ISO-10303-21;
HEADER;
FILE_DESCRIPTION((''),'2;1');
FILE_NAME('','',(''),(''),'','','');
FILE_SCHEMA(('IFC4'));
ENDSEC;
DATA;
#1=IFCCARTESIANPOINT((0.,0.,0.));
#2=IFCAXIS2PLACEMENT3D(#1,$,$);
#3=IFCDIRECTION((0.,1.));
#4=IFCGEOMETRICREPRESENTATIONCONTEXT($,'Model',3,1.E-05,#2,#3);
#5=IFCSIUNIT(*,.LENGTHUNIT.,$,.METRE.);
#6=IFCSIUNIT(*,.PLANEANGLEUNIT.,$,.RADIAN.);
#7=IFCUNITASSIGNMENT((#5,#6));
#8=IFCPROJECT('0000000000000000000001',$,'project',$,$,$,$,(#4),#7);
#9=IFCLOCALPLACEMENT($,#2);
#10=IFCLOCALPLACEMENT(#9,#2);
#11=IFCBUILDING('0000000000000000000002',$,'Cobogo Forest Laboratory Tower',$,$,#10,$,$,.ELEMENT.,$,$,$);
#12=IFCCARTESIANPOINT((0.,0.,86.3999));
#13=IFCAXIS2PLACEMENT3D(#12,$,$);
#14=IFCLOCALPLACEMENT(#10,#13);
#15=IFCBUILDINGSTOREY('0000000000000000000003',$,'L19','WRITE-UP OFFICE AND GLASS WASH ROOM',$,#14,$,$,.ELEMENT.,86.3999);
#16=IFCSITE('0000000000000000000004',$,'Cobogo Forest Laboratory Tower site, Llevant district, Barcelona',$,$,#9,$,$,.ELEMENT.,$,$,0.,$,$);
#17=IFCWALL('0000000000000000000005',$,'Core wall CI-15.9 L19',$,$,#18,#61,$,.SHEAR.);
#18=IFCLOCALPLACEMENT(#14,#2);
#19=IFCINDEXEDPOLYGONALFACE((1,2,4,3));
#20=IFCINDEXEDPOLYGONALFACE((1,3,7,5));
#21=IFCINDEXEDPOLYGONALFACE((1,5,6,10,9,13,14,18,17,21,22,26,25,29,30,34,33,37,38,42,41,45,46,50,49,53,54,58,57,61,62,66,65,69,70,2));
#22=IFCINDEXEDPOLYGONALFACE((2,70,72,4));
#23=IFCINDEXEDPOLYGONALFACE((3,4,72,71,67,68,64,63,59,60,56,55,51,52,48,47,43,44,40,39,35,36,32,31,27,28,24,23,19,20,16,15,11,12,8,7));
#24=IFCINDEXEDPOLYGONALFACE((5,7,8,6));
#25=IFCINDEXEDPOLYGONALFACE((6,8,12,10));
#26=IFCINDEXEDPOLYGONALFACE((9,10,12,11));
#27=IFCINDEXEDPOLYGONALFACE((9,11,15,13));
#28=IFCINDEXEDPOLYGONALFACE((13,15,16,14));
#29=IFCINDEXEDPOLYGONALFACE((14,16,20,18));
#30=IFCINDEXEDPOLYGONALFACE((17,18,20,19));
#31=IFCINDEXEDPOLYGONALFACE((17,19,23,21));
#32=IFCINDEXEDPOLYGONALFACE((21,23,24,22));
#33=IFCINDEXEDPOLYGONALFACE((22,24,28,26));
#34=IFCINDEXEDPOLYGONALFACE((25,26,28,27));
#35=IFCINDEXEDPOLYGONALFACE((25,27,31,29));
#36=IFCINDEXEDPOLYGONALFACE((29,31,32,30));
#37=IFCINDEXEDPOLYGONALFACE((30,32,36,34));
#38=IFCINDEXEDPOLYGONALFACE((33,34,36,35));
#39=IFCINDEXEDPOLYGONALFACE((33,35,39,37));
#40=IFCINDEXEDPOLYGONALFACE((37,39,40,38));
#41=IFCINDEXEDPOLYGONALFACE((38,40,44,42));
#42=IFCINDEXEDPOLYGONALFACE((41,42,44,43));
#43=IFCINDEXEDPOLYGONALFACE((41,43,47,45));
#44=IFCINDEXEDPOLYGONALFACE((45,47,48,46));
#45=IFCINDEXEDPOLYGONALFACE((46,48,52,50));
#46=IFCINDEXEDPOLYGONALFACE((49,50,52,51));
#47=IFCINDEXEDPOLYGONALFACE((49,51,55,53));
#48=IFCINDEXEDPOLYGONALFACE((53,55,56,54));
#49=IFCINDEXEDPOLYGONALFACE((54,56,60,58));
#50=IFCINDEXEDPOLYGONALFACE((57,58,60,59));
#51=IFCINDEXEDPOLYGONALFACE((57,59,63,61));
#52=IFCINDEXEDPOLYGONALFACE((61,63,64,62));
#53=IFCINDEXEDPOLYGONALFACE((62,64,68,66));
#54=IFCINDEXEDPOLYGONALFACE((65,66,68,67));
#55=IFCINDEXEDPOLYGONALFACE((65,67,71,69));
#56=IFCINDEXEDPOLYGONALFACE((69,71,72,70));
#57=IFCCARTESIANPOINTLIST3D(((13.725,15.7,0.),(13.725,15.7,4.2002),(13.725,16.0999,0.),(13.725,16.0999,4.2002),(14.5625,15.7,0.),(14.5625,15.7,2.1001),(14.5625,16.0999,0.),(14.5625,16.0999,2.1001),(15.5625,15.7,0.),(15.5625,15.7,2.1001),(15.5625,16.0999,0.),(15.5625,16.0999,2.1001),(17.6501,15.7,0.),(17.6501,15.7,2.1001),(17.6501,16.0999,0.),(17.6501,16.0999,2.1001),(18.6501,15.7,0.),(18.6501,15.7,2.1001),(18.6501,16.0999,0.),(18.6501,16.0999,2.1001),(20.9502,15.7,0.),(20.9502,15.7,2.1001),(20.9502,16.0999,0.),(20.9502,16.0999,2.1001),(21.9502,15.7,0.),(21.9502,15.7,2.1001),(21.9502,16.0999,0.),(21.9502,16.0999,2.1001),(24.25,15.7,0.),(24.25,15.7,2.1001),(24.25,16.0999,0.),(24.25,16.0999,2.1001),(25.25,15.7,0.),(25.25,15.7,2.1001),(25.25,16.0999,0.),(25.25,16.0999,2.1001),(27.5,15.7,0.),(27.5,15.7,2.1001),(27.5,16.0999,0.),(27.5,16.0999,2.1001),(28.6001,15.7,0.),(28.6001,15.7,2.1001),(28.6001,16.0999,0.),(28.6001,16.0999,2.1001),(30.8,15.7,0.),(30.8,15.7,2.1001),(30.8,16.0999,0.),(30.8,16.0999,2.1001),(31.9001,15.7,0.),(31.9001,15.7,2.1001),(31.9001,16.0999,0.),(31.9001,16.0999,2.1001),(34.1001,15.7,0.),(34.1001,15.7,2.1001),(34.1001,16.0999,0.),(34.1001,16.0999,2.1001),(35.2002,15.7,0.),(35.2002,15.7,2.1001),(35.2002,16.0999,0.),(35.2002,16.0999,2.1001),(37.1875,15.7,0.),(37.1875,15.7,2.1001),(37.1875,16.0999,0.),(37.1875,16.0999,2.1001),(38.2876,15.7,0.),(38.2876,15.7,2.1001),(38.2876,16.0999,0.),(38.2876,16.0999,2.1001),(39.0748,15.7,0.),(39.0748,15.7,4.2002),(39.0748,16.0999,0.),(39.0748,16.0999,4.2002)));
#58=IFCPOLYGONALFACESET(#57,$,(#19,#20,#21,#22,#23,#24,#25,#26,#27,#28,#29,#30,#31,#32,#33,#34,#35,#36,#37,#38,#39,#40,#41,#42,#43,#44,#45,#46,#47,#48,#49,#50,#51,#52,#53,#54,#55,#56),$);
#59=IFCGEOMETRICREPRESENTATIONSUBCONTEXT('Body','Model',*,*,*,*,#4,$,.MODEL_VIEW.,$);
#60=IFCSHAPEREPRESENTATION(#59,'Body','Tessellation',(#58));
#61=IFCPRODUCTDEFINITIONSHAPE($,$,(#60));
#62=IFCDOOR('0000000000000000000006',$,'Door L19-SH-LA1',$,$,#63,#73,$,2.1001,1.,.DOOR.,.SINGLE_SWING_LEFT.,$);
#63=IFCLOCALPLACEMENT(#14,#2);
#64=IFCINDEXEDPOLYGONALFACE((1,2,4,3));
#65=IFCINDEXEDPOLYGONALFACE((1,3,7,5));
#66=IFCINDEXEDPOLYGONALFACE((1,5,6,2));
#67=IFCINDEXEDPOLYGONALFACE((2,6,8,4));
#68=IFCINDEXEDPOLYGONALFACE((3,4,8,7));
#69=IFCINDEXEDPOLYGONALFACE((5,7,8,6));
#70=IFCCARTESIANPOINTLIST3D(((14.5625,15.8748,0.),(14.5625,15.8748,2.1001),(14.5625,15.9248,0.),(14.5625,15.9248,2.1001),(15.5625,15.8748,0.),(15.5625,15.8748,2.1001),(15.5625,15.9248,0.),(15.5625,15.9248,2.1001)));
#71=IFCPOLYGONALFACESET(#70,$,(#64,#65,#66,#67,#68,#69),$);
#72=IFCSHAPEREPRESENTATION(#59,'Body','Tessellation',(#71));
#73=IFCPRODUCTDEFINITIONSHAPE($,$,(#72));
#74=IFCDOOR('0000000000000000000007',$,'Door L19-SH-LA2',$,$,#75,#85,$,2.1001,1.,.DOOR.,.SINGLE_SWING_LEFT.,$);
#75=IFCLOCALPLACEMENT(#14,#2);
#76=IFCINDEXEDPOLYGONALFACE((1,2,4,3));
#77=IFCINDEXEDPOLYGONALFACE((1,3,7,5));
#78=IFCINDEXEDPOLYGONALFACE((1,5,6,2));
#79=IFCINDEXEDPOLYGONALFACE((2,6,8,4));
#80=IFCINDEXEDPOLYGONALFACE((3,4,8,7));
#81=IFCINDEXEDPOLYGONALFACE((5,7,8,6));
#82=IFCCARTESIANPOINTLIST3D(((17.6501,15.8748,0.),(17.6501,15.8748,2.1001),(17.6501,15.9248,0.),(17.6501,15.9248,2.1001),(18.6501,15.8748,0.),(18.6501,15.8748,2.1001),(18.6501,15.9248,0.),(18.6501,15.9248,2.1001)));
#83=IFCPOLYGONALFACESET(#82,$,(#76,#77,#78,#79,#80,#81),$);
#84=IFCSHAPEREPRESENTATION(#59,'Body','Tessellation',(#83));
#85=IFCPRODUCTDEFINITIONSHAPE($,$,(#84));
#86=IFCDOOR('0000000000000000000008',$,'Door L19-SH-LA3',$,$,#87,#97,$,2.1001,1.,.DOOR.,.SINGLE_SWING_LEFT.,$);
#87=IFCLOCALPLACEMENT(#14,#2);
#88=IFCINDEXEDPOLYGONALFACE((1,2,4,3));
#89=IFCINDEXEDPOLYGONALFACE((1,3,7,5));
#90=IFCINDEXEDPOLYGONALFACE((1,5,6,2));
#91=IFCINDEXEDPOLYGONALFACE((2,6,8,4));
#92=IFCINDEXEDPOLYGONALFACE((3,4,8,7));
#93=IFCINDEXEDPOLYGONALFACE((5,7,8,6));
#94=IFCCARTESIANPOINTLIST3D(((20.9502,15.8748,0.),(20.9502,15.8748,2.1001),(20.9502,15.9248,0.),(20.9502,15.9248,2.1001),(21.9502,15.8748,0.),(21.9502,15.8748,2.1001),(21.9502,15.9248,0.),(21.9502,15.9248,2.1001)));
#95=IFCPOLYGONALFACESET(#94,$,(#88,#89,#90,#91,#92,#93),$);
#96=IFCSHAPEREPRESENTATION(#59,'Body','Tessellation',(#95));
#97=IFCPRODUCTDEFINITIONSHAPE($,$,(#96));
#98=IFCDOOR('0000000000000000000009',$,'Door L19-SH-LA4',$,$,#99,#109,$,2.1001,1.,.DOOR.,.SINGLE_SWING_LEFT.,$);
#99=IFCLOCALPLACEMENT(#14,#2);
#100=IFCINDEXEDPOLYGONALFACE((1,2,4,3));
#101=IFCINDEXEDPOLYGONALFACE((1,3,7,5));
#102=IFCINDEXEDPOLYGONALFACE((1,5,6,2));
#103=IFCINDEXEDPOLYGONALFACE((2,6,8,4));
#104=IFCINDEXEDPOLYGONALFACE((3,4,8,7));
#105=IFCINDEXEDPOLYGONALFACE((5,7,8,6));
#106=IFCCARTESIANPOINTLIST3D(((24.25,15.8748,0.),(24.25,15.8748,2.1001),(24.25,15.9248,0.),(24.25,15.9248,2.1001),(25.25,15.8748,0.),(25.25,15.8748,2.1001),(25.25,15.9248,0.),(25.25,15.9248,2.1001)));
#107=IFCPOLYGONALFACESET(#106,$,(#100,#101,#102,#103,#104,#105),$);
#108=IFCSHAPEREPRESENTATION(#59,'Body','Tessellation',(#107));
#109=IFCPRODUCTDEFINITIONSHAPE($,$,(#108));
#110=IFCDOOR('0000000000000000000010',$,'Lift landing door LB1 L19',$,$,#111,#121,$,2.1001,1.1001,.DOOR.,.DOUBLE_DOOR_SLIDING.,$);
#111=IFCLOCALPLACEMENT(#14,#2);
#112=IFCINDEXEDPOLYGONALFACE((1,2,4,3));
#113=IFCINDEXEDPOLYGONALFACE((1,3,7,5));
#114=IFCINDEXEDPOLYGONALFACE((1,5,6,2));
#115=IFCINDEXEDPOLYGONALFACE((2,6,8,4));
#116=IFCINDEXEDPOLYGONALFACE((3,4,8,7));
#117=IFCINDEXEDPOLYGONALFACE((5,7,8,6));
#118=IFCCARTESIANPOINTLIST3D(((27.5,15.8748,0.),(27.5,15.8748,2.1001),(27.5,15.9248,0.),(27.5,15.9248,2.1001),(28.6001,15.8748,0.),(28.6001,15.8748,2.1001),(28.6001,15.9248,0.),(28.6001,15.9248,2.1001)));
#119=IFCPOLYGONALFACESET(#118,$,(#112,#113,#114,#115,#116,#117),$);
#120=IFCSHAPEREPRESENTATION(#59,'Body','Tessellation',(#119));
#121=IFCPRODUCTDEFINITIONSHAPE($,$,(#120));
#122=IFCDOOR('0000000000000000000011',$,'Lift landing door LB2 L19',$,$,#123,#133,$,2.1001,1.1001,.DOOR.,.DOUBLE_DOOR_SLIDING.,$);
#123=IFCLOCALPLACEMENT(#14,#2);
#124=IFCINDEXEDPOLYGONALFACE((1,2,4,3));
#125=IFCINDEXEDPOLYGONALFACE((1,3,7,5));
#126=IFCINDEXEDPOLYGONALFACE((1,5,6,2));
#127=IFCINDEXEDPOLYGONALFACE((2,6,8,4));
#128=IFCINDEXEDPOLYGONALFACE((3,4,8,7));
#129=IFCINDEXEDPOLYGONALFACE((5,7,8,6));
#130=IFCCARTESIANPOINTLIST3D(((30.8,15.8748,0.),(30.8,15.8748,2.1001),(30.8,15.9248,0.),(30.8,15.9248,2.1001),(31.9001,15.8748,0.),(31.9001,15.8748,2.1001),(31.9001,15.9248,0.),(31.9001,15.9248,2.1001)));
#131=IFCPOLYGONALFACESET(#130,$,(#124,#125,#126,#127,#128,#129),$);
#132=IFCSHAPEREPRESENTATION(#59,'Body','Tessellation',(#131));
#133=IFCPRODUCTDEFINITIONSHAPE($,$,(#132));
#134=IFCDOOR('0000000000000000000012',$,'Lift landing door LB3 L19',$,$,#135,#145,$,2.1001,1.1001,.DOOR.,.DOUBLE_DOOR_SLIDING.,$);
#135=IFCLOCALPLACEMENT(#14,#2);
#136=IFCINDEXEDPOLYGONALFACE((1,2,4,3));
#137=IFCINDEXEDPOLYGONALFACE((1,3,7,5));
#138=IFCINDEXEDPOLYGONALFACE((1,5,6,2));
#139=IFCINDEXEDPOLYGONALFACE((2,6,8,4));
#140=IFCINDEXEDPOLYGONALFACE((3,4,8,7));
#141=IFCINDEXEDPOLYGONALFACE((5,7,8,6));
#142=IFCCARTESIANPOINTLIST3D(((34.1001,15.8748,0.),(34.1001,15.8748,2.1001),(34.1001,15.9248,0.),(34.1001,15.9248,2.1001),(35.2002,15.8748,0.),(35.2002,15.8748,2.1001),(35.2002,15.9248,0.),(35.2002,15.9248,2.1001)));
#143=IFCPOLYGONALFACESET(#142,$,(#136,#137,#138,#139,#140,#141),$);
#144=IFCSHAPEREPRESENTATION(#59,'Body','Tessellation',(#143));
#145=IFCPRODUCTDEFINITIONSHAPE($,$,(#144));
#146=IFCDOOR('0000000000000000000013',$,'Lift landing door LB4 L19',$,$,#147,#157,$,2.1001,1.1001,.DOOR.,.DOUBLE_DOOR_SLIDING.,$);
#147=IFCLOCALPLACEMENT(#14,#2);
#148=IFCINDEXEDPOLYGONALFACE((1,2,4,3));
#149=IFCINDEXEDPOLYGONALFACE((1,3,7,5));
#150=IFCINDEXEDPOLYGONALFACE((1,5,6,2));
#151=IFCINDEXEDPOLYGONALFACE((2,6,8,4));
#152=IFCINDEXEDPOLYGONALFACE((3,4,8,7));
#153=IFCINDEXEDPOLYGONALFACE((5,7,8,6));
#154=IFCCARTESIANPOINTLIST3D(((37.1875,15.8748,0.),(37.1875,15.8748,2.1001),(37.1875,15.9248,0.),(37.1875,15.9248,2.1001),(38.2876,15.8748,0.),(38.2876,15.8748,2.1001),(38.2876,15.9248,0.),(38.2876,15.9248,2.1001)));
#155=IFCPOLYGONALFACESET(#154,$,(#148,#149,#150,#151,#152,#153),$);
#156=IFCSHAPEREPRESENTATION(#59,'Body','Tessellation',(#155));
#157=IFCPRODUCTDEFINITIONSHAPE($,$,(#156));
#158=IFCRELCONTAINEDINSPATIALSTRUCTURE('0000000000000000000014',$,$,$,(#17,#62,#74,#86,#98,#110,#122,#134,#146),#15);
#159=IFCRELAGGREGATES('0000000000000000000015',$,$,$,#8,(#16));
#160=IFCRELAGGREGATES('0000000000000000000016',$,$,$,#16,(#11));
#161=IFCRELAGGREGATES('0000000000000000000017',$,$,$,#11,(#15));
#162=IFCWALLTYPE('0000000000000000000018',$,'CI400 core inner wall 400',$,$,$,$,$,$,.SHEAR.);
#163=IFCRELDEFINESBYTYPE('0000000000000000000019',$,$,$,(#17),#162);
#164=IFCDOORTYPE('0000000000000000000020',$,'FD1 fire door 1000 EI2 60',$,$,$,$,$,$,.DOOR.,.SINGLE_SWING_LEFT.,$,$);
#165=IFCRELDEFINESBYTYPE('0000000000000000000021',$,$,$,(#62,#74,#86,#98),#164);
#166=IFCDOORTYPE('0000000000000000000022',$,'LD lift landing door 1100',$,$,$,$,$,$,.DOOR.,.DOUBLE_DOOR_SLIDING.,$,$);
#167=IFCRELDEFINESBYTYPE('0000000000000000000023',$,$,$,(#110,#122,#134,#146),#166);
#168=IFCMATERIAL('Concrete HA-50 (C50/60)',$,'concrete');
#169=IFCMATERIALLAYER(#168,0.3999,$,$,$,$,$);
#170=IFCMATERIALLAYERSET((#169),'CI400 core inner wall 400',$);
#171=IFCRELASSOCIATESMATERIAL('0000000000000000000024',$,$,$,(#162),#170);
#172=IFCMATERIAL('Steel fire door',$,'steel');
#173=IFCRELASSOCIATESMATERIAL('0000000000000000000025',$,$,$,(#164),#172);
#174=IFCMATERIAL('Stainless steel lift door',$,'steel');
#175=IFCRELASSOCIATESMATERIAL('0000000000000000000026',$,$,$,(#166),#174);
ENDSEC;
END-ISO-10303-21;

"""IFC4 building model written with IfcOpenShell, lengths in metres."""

from ifc_helpers import new_model, si_unit, direction, frame, frame_2d, origin, place, context, subcontext, project, spatial, rectangle, extrude, material, layer, layer_set, type_object, element, fill, save


model = new_model("IFC4")

# Units and contexts
model_context = context("Model", 3, precision=1e-05, world=origin(), true_north=direction((0.0, 1.0)))
body_context = subcontext(model_context, "Body", "Model", "MODEL_VIEW")
ifc_project = project(units=[si_unit("LENGTHUNIT", "METRE"), si_unit("PLANEANGLEUNIT", "RADIAN")], contexts=[model_context])

# Site, building, storey
site_placement = place(None, origin())
site = spatial("IfcSite", under=ifc_project, at=site_placement, Name="Cobogo Forest Laboratory Tower site, Llevant district, Barcelona", CompositionType="ELEMENT", RefElevation=0.0)
building_placement = place(site_placement, origin())
building = spatial("IfcBuilding", under=site, at=building_placement, Name="Cobogo Forest Laboratory Tower", CompositionType="ELEMENT")
storey_placement = place(building_placement, frame((0.0, 0.0, 86.3999)))
storey = spatial("IfcBuildingStorey", under=building, at=storey_placement, Name="L19", Description="WRITE-UP OFFICE AND GLASS WASH ROOM", CompositionType="ELEMENT", Elevation=86.3999)

# Wall, openings, doors
ifc_material_1 = material(Name="Concrete HA-50 (C50/60)", Category="concrete")
ifc_layer = layer(ifc_material_1, 0.3999)
ifc_layer_set = layer_set([ifc_layer], Name="CI400 core inner wall 400")
wall_type = type_object("IfcWallType", Name="CI400 core inner wall 400", PredefinedType="SHEAR", material=ifc_layer_set)
wall_1_placement = place(storey_placement, frame((13.7251, 15.8999, 0.0), z_axis=(0.0, 0.0, 1.0), x_axis=(1.0, 0.0, 0.0)))
wall_1 = element("IfcWall", 1, at=wall_1_placement, inside=storey, type_object=wall_type, Name="Core wall CI-15.9 L19", PredefinedType="SHEAR", context=body_context, shape_type="SweptSolid", body=[
    extrude(rectangle(XDim=25.3499, YDim=0.3999, at=frame_2d((12.6748, 0.0))), origin(), (0.0, 0.0, 1.0), 4.2002),
])
opening_1_placement = place(wall_1_placement, frame((0.8374, 0.0, 0.0)))
opening_1 = element("IfcOpeningElement", 2, at=opening_1_placement, cuts=wall_1, PredefinedType="OPENING", context=body_context, shape_type="SweptSolid", body=[
    extrude(rectangle(XDim=1.0, YDim=2.1001, at=frame_2d((0.5, 1.05))), frame((0.0, 0.21, 0.0), z_axis=(0.0, -1.0, 0.0), x_axis=(1.0, 0.0, 0.0)), (0.0, 0.0, 1.0), 0.4199),
])
opening_2_placement = place(wall_1_placement, frame((3.925, 0.0, 0.0)))
opening_2 = element("IfcOpeningElement", 3, at=opening_2_placement, cuts=wall_1, PredefinedType="OPENING", context=body_context, shape_type="SweptSolid", body=[
    extrude(rectangle(XDim=1.0, YDim=2.1001, at=frame_2d((0.5, 1.05))), frame((0.0, 0.21, 0.0), z_axis=(0.0, -1.0, 0.0), x_axis=(1.0, 0.0, 0.0)), (0.0, 0.0, 1.0), 0.4199),
])
opening_3_placement = place(wall_1_placement, frame((7.2251, 0.0, 0.0)))
opening_3 = element("IfcOpeningElement", 4, at=opening_3_placement, cuts=wall_1, PredefinedType="OPENING", context=body_context, shape_type="SweptSolid", body=[
    extrude(rectangle(XDim=1.0, YDim=2.1001, at=frame_2d((0.5, 1.05))), frame((0.0, 0.21, 0.0), z_axis=(0.0, -1.0, 0.0), x_axis=(1.0, 0.0, 0.0)), (0.0, 0.0, 1.0), 0.4199),
])
opening_4_placement = place(wall_1_placement, frame((10.5249, 0.0, 0.0)))
opening_4 = element("IfcOpeningElement", 5, at=opening_4_placement, cuts=wall_1, PredefinedType="OPENING", context=body_context, shape_type="SweptSolid", body=[
    extrude(rectangle(XDim=1.0, YDim=2.1001, at=frame_2d((0.5, 1.05))), frame((0.0, 0.21, 0.0), z_axis=(0.0, -1.0, 0.0), x_axis=(1.0, 0.0, 0.0)), (0.0, 0.0, 1.0), 0.4199),
])
opening_5_placement = place(wall_1_placement, frame((13.7749, 0.0, 0.0)))
opening_5 = element("IfcOpeningElement", 6, at=opening_5_placement, cuts=wall_1, PredefinedType="OPENING", context=body_context, shape_type="SweptSolid", body=[
    extrude(rectangle(XDim=1.1001, YDim=2.1001, at=frame_2d((0.55, 1.05))), frame((0.0, 0.21, 0.0), z_axis=(0.0, -1.0, 0.0), x_axis=(1.0, 0.0, 0.0)), (0.0, 0.0, 1.0), 0.4199),
])
opening_6_placement = place(wall_1_placement, frame((17.075, 0.0, 0.0)))
opening_6 = element("IfcOpeningElement", 7, at=opening_6_placement, cuts=wall_1, PredefinedType="OPENING", context=body_context, shape_type="SweptSolid", body=[
    extrude(rectangle(XDim=1.1001, YDim=2.1001, at=frame_2d((0.55, 1.05))), frame((0.0, 0.21, 0.0), z_axis=(0.0, -1.0, 0.0), x_axis=(1.0, 0.0, 0.0)), (0.0, 0.0, 1.0), 0.4199),
])
opening_7_placement = place(wall_1_placement, frame((20.375, 0.0, 0.0)))
opening_7 = element("IfcOpeningElement", 8, at=opening_7_placement, cuts=wall_1, PredefinedType="OPENING", context=body_context, shape_type="SweptSolid", body=[
    extrude(rectangle(XDim=1.1001, YDim=2.1001, at=frame_2d((0.55, 1.05))), frame((0.0, 0.21, 0.0), z_axis=(0.0, -1.0, 0.0), x_axis=(1.0, 0.0, 0.0)), (0.0, 0.0, 1.0), 0.4199),
])
opening_8_placement = place(wall_1_placement, frame((23.4624, 0.0, 0.0)))
opening_8 = element("IfcOpeningElement", 9, at=opening_8_placement, cuts=wall_1, PredefinedType="OPENING", context=body_context, shape_type="SweptSolid", body=[
    extrude(rectangle(XDim=1.1001, YDim=2.1001, at=frame_2d((0.55, 1.05))), frame((0.0, 0.21, 0.0), z_axis=(0.0, -1.0, 0.0), x_axis=(1.0, 0.0, 0.0)), (0.0, 0.0, 1.0), 0.4199),
])
ifc_material_2 = material(Name="Steel fire door", Category="steel")
door_type_1 = type_object("IfcDoorType", Name="FD1 fire door 1000 EI2 60", OperationType="SINGLE_SWING_LEFT", PredefinedType="DOOR", material=ifc_material_2)
door_1_placement = place(opening_1_placement, origin())
door_1 = element("IfcDoor", 10, at=door_1_placement, inside=storey, type_object=door_type_1, Name="Door L19-SH-LA1", OperationType="SINGLE_SWING_LEFT", OverallHeight=2.1001, OverallWidth=1.0, PredefinedType="DOOR", context=body_context, shape_type="SweptSolid", body=[
    extrude(rectangle(XDim=1.0, YDim=2.1001, at=frame_2d((0.5, 1.05))), frame((0.0, 0.0249, 0.0), z_axis=(0.0, -1.0, 0.0), x_axis=(1.0, 0.0, 0.0)), (0.0, 0.0, 1.0), 0.05),
])
fill(opening_1, door_1)
door_2_placement = place(opening_2_placement, origin())
door_2 = element("IfcDoor", 11, at=door_2_placement, inside=storey, type_object=door_type_1, Name="Door L19-SH-LA2", OperationType="SINGLE_SWING_LEFT", OverallHeight=2.1001, OverallWidth=1.0, PredefinedType="DOOR", context=body_context, shape_type="SweptSolid", body=[
    extrude(rectangle(XDim=1.0, YDim=2.1001, at=frame_2d((0.5, 1.05))), frame((0.0, 0.0249, 0.0), z_axis=(0.0, -1.0, 0.0), x_axis=(1.0, 0.0, 0.0)), (0.0, 0.0, 1.0), 0.05),
])
fill(opening_2, door_2)
door_3_placement = place(opening_3_placement, origin())
door_3 = element("IfcDoor", 12, at=door_3_placement, inside=storey, type_object=door_type_1, Name="Door L19-SH-LA3", OperationType="SINGLE_SWING_LEFT", OverallHeight=2.1001, OverallWidth=1.0, PredefinedType="DOOR", context=body_context, shape_type="SweptSolid", body=[
    extrude(rectangle(XDim=1.0, YDim=2.1001, at=frame_2d((0.5, 1.05))), frame((0.0, 0.0249, 0.0), z_axis=(0.0, -1.0, 0.0), x_axis=(1.0, 0.0, 0.0)), (0.0, 0.0, 1.0), 0.05),
])
fill(opening_3, door_3)
door_4_placement = place(opening_4_placement, origin())
door_4 = element("IfcDoor", 13, at=door_4_placement, inside=storey, type_object=door_type_1, Name="Door L19-SH-LA4", OperationType="SINGLE_SWING_LEFT", OverallHeight=2.1001, OverallWidth=1.0, PredefinedType="DOOR", context=body_context, shape_type="SweptSolid", body=[
    extrude(rectangle(XDim=1.0, YDim=2.1001, at=frame_2d((0.5, 1.05))), frame((0.0, 0.0249, 0.0), z_axis=(0.0, -1.0, 0.0), x_axis=(1.0, 0.0, 0.0)), (0.0, 0.0, 1.0), 0.05),
])
fill(opening_4, door_4)
ifc_material_3 = material(Name="Stainless steel lift door", Category="steel")
door_type_2 = type_object("IfcDoorType", Name="LD lift landing door 1100", OperationType="DOUBLE_DOOR_SLIDING", PredefinedType="DOOR", material=ifc_material_3)
door_5_placement = place(opening_5_placement, origin())
door_5 = element("IfcDoor", 14, at=door_5_placement, inside=storey, type_object=door_type_2, Name="Lift landing door LB1 L19", OperationType="DOUBLE_DOOR_SLIDING", OverallHeight=2.1001, OverallWidth=1.1001, PredefinedType="DOOR", context=body_context, shape_type="SweptSolid", body=[
    extrude(rectangle(XDim=1.1001, YDim=2.1001, at=frame_2d((0.55, 1.05))), frame((0.0, 0.0249, 0.0), z_axis=(0.0, -1.0, 0.0), x_axis=(1.0, 0.0, 0.0)), (0.0, 0.0, 1.0), 0.05),
])
fill(opening_5, door_5)
door_6_placement = place(opening_6_placement, origin())
door_6 = element("IfcDoor", 15, at=door_6_placement, inside=storey, type_object=door_type_2, Name="Lift landing door LB2 L19", OperationType="DOUBLE_DOOR_SLIDING", OverallHeight=2.1001, OverallWidth=1.1001, PredefinedType="DOOR", context=body_context, shape_type="SweptSolid", body=[
    extrude(rectangle(XDim=1.1001, YDim=2.1001, at=frame_2d((0.55, 1.05))), frame((0.0, 0.0249, 0.0), z_axis=(0.0, -1.0, 0.0), x_axis=(1.0, 0.0, 0.0)), (0.0, 0.0, 1.0), 0.05),
])
fill(opening_6, door_6)
door_7_placement = place(opening_7_placement, origin())
door_7 = element("IfcDoor", 16, at=door_7_placement, inside=storey, type_object=door_type_2, Name="Lift landing door LB3 L19", OperationType="DOUBLE_DOOR_SLIDING", OverallHeight=2.1001, OverallWidth=1.1001, PredefinedType="DOOR", context=body_context, shape_type="SweptSolid", body=[
    extrude(rectangle(XDim=1.1001, YDim=2.1001, at=frame_2d((0.55, 1.05))), frame((0.0, 0.0249, 0.0), z_axis=(0.0, -1.0, 0.0), x_axis=(1.0, 0.0, 0.0)), (0.0, 0.0, 1.0), 0.05),
])
fill(opening_7, door_7)
door_8_placement = place(opening_8_placement, origin())
door_8 = element("IfcDoor", 17, at=door_8_placement, inside=storey, type_object=door_type_2, Name="Lift landing door LB4 L19", OperationType="DOUBLE_DOOR_SLIDING", OverallHeight=2.1001, OverallWidth=1.1001, PredefinedType="DOOR", context=body_context, shape_type="SweptSolid", body=[
    extrude(rectangle(XDim=1.1001, YDim=2.1001, at=frame_2d((0.55, 1.05))), frame((0.0, 0.0249, 0.0), z_axis=(0.0, -1.0, 0.0), x_axis=(1.0, 0.0, 0.0)), (0.0, 0.0, 1.0), 0.05),
])
fill(opening_8, door_8)

save(model, "model.ifc")
